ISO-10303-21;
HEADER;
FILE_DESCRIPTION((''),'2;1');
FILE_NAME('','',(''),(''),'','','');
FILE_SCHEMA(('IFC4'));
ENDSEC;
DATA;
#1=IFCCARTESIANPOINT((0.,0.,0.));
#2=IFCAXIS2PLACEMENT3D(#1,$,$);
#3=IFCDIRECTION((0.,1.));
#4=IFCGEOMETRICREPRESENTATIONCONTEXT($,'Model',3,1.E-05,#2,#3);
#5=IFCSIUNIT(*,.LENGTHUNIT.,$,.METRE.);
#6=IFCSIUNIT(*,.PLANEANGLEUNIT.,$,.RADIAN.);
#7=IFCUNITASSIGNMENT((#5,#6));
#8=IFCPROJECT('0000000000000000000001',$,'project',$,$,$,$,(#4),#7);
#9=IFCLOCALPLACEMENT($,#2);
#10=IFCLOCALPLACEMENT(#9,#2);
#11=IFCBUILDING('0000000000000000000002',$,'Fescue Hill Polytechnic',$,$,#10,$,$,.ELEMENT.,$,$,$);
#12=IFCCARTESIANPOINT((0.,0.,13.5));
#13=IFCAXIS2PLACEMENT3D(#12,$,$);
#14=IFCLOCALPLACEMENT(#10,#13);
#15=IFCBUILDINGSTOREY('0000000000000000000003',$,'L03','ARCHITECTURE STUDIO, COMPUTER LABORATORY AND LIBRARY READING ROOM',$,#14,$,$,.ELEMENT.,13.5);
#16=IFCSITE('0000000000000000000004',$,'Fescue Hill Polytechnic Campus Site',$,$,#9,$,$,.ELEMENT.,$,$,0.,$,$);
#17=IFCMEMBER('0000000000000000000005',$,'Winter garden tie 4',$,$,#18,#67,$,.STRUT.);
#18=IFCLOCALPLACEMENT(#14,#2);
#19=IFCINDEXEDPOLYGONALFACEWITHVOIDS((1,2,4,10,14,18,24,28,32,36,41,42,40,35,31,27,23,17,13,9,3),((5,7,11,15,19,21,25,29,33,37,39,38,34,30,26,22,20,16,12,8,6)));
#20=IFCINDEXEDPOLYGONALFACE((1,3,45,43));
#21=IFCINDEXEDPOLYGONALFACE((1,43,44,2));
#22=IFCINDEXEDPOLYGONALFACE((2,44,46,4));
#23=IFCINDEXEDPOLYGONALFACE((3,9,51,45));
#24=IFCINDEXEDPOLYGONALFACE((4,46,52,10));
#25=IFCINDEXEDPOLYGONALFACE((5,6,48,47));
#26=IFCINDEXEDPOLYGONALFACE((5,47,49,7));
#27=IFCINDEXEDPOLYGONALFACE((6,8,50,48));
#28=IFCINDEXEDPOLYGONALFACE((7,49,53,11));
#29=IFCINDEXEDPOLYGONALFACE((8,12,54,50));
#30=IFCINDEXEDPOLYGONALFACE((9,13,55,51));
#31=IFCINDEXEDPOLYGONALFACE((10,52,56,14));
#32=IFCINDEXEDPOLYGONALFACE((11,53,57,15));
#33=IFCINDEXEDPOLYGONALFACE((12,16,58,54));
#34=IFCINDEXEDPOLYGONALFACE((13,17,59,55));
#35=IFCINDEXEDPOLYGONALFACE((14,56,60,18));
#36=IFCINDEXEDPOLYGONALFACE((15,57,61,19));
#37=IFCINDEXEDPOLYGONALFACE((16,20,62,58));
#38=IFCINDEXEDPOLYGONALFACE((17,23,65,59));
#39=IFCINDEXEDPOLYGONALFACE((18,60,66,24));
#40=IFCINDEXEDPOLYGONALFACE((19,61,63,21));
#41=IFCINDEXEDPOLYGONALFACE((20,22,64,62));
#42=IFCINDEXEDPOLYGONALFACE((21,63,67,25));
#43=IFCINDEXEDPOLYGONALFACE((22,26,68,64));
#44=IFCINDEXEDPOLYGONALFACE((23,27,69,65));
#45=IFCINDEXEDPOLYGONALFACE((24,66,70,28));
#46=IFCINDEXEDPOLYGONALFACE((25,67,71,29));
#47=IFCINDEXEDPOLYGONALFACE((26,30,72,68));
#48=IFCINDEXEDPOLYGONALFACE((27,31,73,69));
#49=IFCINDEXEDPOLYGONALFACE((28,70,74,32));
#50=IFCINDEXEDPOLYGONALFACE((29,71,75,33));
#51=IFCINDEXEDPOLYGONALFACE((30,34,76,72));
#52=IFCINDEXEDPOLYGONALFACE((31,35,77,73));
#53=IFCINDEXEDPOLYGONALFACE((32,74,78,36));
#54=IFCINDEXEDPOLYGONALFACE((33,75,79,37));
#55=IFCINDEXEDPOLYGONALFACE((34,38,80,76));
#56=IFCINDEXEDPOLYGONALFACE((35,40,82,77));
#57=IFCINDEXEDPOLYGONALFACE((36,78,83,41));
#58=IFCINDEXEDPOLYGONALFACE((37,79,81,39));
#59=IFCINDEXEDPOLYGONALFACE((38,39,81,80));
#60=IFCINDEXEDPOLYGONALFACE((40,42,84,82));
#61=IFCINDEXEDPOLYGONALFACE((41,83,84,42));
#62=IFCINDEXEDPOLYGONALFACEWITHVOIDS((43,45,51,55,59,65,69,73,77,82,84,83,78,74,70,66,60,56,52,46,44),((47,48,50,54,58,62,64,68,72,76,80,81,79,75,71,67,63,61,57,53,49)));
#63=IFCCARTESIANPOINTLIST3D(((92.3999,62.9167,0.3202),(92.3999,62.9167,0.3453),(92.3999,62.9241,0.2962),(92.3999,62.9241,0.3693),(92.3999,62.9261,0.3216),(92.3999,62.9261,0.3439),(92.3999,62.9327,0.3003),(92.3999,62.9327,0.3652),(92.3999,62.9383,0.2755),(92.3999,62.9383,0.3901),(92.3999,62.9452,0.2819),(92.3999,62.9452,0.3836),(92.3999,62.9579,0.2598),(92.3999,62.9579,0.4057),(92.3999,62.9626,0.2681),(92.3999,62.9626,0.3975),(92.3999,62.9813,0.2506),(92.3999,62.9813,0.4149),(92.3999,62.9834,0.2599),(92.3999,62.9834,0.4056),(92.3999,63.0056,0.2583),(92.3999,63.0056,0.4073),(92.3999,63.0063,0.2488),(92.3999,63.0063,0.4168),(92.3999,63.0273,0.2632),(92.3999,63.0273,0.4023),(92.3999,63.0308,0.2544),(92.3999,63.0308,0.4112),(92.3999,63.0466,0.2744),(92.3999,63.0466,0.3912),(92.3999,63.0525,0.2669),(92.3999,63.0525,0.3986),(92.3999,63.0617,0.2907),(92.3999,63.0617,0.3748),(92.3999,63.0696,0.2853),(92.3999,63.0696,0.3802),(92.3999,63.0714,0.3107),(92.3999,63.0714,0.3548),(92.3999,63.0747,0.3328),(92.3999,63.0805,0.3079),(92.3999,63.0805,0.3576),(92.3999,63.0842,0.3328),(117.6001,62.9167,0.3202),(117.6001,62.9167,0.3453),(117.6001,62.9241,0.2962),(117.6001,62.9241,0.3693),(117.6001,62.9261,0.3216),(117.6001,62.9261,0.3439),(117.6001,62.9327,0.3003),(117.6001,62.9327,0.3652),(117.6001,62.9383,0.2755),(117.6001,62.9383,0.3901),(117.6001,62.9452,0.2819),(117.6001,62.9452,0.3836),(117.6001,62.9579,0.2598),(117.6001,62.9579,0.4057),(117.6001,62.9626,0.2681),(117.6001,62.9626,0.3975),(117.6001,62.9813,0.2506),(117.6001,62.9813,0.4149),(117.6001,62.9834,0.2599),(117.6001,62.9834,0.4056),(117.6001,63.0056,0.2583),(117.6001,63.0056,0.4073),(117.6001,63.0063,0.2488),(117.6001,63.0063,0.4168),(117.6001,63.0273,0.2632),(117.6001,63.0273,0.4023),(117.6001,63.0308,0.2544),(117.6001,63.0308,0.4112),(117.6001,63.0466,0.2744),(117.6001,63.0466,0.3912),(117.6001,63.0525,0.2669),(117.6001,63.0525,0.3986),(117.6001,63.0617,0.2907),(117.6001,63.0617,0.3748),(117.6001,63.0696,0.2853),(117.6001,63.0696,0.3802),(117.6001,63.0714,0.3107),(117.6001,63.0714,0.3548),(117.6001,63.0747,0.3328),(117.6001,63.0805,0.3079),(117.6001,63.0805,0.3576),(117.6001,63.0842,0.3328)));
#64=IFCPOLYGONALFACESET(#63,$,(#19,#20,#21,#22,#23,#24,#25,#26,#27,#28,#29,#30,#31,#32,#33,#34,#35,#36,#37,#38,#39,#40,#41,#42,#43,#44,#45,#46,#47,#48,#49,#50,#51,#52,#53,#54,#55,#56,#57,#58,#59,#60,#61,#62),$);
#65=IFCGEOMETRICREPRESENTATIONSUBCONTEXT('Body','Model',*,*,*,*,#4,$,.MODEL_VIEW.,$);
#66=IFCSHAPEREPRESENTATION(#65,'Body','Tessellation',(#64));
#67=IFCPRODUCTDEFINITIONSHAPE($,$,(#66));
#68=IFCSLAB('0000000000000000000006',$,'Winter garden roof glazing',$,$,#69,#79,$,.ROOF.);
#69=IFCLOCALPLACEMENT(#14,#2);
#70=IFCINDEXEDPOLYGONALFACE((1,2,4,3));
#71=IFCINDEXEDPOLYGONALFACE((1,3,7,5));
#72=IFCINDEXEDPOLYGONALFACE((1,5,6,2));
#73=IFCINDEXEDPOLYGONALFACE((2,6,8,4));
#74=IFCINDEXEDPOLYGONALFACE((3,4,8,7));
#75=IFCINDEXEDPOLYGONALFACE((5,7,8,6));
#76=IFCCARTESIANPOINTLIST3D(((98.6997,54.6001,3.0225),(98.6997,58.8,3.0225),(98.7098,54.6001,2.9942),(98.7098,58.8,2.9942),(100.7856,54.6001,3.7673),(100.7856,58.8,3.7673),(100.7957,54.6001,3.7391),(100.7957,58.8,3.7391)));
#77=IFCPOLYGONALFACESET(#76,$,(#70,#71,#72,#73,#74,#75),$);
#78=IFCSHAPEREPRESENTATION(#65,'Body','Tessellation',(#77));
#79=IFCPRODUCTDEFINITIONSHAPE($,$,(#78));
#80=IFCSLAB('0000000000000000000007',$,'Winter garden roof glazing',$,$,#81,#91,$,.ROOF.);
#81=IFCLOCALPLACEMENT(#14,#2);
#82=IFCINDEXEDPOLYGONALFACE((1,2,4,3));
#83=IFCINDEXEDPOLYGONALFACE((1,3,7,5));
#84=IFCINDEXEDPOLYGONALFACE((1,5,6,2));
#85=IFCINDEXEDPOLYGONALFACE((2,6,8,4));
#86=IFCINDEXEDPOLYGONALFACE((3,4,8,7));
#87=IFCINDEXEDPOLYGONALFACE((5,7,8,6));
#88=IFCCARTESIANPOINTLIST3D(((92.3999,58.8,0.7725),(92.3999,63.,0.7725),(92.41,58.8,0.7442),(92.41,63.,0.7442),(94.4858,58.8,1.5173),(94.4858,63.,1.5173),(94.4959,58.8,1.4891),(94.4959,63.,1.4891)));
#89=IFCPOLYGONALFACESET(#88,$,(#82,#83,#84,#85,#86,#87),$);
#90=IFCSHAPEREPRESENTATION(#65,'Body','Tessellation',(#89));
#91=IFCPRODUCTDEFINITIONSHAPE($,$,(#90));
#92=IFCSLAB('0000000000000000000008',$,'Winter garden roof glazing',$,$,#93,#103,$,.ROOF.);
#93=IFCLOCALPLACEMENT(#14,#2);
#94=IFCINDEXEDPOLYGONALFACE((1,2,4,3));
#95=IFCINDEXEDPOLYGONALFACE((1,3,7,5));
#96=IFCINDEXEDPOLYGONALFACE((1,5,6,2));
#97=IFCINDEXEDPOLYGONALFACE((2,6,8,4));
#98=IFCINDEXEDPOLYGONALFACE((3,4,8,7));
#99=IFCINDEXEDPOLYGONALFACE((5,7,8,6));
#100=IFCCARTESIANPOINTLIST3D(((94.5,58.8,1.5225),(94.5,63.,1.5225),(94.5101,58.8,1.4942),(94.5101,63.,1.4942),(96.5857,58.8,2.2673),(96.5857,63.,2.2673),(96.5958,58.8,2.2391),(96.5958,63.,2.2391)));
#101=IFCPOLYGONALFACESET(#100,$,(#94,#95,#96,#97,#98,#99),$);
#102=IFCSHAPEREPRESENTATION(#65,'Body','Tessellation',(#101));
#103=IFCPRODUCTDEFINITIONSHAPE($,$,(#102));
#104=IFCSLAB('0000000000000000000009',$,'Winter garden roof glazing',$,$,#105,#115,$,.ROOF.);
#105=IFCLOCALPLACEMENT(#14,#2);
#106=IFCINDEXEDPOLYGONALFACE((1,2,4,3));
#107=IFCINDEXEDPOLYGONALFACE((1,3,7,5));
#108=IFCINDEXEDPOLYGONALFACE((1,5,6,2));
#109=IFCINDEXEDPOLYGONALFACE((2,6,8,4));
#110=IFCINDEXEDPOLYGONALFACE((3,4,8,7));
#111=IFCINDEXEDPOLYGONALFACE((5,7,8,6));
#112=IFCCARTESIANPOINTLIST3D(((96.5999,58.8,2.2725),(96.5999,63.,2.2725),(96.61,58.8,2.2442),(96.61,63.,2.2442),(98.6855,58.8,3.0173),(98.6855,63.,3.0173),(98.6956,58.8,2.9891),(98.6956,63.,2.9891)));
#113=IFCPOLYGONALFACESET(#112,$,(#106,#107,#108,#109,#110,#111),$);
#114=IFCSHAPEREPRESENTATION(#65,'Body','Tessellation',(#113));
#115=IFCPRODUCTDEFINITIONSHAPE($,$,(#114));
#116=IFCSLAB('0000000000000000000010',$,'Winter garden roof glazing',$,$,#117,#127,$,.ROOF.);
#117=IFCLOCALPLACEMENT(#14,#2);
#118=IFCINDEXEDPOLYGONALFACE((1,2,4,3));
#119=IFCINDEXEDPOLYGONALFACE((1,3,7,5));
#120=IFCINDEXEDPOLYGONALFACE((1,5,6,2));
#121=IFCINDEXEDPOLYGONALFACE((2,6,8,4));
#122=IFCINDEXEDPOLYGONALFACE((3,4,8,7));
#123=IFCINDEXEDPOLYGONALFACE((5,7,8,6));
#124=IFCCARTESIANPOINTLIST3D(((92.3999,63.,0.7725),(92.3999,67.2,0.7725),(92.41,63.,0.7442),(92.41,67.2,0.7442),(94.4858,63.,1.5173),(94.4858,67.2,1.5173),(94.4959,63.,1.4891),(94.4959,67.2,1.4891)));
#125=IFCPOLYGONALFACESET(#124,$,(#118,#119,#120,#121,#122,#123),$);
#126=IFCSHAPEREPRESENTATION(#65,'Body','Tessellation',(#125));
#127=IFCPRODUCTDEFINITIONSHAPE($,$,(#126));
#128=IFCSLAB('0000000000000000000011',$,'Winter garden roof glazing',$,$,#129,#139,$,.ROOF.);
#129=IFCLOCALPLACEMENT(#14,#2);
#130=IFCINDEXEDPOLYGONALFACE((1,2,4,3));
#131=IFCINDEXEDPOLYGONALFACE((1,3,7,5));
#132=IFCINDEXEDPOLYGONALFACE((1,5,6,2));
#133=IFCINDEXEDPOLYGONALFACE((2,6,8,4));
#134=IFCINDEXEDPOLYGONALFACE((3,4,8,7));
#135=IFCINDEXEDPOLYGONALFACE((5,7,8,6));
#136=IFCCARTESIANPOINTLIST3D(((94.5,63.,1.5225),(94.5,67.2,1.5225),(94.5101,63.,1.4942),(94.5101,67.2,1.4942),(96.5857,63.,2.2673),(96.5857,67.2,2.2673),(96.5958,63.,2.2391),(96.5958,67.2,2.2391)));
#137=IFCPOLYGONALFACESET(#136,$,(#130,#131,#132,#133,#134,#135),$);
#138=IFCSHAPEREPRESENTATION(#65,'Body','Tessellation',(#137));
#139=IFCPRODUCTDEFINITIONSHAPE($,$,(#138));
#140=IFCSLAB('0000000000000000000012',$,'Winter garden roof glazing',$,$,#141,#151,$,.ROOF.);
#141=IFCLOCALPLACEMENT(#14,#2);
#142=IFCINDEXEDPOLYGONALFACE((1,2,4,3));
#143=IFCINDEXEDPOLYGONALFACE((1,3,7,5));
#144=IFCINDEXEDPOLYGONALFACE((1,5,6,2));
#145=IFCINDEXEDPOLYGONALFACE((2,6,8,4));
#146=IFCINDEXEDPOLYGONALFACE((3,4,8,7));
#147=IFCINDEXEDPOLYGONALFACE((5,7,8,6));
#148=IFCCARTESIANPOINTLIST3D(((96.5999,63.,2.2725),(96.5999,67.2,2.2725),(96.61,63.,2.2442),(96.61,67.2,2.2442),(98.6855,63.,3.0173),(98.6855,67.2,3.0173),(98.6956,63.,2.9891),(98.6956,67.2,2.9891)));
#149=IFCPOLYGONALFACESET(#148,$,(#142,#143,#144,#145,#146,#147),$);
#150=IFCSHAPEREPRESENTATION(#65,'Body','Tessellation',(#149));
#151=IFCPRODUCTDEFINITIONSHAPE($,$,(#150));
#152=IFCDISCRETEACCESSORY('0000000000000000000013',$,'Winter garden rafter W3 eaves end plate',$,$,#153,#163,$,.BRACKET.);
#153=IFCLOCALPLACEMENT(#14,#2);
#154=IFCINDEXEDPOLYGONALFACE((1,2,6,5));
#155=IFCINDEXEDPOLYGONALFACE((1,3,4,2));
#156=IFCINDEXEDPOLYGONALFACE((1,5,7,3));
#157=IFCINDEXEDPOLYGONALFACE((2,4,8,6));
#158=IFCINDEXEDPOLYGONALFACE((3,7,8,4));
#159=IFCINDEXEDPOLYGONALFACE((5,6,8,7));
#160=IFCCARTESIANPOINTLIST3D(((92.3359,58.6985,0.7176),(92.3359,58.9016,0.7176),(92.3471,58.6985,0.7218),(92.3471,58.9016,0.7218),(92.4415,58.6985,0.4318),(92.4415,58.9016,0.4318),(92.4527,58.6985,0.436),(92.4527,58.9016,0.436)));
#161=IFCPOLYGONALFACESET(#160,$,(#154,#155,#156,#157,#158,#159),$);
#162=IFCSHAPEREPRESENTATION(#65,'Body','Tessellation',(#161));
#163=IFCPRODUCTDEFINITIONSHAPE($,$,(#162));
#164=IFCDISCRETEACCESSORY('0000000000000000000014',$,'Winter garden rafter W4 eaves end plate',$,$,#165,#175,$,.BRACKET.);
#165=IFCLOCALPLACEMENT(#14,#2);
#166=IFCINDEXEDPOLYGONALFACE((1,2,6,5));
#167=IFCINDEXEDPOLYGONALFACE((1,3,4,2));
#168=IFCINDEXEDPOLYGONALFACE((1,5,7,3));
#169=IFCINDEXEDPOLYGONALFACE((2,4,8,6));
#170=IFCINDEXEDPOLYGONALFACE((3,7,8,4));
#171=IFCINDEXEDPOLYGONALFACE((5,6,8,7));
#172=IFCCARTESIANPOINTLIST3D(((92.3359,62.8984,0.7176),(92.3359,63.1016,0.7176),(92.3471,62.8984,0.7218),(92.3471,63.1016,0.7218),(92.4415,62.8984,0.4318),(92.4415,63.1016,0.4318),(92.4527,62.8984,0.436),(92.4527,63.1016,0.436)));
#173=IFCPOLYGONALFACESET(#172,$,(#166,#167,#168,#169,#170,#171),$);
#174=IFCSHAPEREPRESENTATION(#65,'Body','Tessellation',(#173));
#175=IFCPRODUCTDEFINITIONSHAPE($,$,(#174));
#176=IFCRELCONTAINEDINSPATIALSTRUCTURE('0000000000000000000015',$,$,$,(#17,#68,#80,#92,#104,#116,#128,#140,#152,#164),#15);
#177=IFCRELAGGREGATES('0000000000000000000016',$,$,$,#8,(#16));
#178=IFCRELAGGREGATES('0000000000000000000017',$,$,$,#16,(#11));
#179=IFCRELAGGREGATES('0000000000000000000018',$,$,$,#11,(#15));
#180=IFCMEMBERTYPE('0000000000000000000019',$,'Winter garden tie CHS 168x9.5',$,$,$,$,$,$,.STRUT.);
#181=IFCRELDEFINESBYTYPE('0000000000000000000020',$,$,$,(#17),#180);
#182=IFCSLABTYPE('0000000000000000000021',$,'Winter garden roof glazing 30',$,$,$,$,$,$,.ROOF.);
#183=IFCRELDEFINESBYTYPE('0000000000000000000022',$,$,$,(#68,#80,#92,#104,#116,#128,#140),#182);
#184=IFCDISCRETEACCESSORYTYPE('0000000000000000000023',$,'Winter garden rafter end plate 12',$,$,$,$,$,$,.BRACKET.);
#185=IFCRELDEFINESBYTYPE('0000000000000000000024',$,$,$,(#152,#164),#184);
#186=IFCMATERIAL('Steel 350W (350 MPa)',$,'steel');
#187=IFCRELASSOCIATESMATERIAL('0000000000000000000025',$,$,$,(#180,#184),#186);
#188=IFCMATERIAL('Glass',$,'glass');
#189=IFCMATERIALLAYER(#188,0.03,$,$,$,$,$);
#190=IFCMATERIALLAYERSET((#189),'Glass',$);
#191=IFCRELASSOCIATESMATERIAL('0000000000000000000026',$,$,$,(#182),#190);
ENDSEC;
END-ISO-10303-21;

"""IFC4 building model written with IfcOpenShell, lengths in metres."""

from ifc_helpers import new_model, si_unit, direction, frame, origin, origin_2d, place, context, subcontext, project, spatial, polyline, rectangle, hollow_circle, outline, extrude, material, layer, layer_set, material_profile, profile_set, type_object, element, save


model = new_model("IFC4")

# Units and contexts
model_context = context("Model", 3, precision=1e-05, world=origin(), true_north=direction((0.0, 1.0)))
body_context = subcontext(model_context, "Body", "Model", "MODEL_VIEW")
ifc_project = project(units=[si_unit("LENGTHUNIT", "METRE"), si_unit("PLANEANGLEUNIT", "RADIAN")], contexts=[model_context])

# Site, building, storey
site_placement = place(None, origin())
site = spatial("IfcSite", under=ifc_project, at=site_placement, Name="Fescue Hill Polytechnic Campus Site", CompositionType="ELEMENT", RefElevation=0.0)
building_placement = place(site_placement, origin())
building = spatial("IfcBuilding", under=site, at=building_placement, Name="Fescue Hill Polytechnic", CompositionType="ELEMENT")
storey_placement = place(building_placement, frame((0.0, 0.0, 13.5)))
storey = spatial("IfcBuildingStorey", under=building, at=storey_placement, Name="L03", Description="ARCHITECTURE STUDIO, COMPUTER LABORATORY AND LIBRARY READING ROOM", CompositionType="ELEMENT", Elevation=13.5)

# Shared definitions
ifc_material_1 = material(Name="Steel 350W (350 MPa)", Category="steel")

# Member
ifc_material_profile_1 = material_profile(ifc_material_1, hollow_circle(Radius=0.0842, WallThickness=0.0095, at=origin_2d()), Name="Winter garden tie CHS 168x9.5")
ifc_profile_set_1 = profile_set([ifc_material_profile_1], Name="Steel 350W (350 MPa)")
member_type_1 = type_object("IfcMemberType", Name="Winter garden tie CHS 168x9.5", PredefinedType="STRUT", material=ifc_profile_set_1)
for number, where, z_axis, x_axis, name in (
    (1, (92.3999, 63.0, 0.3328), (1.0, 0.0, 0.0), (0.0, 1.0, 0.0), "Winter garden tie 4"),
):
    element("IfcMember", number, at=place(storey_placement, frame(where, z_axis=z_axis, x_axis=x_axis)), inside=storey, type_object=member_type_1, Name=name, PredefinedType="STRUT", context=body_context, shape_type="SweptSolid", body=[
        extrude(hollow_circle(Radius=0.0842, WallThickness=0.0095, at=origin_2d()), origin(), (0.0, 0.0, 1.0), 25.2002),
    ])

# Slabs
ifc_material_2 = material(Name="Glass", Category="glass")
ifc_layer = layer(ifc_material_2, 0.03)
ifc_layer_set = layer_set([ifc_layer], Name="Glass")
slab_type = type_object("IfcSlabType", Name="Winter garden roof glazing 30", PredefinedType="ROOF", material=ifc_layer_set)
for number, where, z_axis, x_axis, name in (
    (2, (98.6997, 54.6001, 3.0225), (-0.336295, 0.0, 0.941757), (0.0, 1.0, 0.0), "Winter garden roof glazing"),
    (3, (92.3999, 58.8, 0.7725), (-0.336295, 0.0, 0.941757), (0.0, 1.0, 0.0), "Winter garden roof glazing"),
):
    element("IfcSlab", number, at=place(storey_placement, frame(where, z_axis=z_axis, x_axis=x_axis)), inside=storey, type_object=slab_type, Name=name, PredefinedType="ROOF", context=body_context, shape_type="SweptSolid", body=[
        extrude(outline(polyline([(0.0, 0.0), (4.2, 0.0), (4.2, -2.2149), (0.0, -2.2149), (0.0, 0.0)])), origin(), (0.0, 0.0, -1.0), 0.03),
    ])
for number, where, z_axis, x_axis, name in (
    (4, (94.5, 58.8, 1.5225), (-0.336329, 0.0, 0.941744), (0.0, 1.0, 0.0), "Winter garden roof glazing"),
    (5, (96.5999, 58.8, 2.2725), (-0.336329, 0.0, 0.941744), (0.0, 1.0, 0.0), "Winter garden roof glazing"),
):
    element("IfcSlab", number, at=place(storey_placement, frame(where, z_axis=z_axis, x_axis=x_axis)), inside=storey, type_object=slab_type, Name=name, PredefinedType="ROOF", context=body_context, shape_type="SweptSolid", body=[
        extrude(outline(polyline([(0.0, 0.0), (4.2, 0.0), (4.2, -2.2147), (0.0, -2.2147), (0.0, 0.0)])), origin(), (0.0, 0.0, -1.0), 0.03),
    ])
slab_placement = place(storey_placement, frame((92.3999, 63.0, 0.7725), z_axis=(-0.336295, 0.0, 0.941757), x_axis=(0.0, 1.0, 0.0)))
element("IfcSlab", 6, at=slab_placement, inside=storey, type_object=slab_type, Name="Winter garden roof glazing", PredefinedType="ROOF", context=body_context, shape_type="SweptSolid", body=[
    extrude(outline(polyline([(0.0, 0.0), (4.2, 0.0), (4.2, -2.2149), (0.0, -2.2149), (0.0, 0.0)])), origin(), (0.0, 0.0, -1.0), 0.03),
])
for number, where, z_axis, x_axis, name in (
    (7, (94.5, 63.0, 1.5225), (-0.336329, 0.0, 0.941744), (0.0, 1.0, 0.0), "Winter garden roof glazing"),
    (8, (96.5999, 63.0, 2.2725), (-0.336329, 0.0, 0.941744), (0.0, 1.0, 0.0), "Winter garden roof glazing"),
):
    element("IfcSlab", number, at=place(storey_placement, frame(where, z_axis=z_axis, x_axis=x_axis)), inside=storey, type_object=slab_type, Name=name, PredefinedType="ROOF", context=body_context, shape_type="SweptSolid", body=[
        extrude(outline(polyline([(0.0, 0.0), (4.2, 0.0), (4.2, -2.2147), (0.0, -2.2147), (0.0, 0.0)])), origin(), (0.0, 0.0, -1.0), 0.03),
    ])

# Discrete accessories
ifc_material_profile_2 = material_profile(ifc_material_1, rectangle(XDim=0.2031, YDim=0.3047, at=origin_2d()), Name="Winter garden rafter end plate 12")
ifc_profile_set_2 = profile_set([ifc_material_profile_2], Name="Steel 350W (350 MPa)")
discrete_accessory_type = type_object("IfcDiscreteAccessoryType", Name="Winter garden rafter end plate 12", PredefinedType="BRACKET", material=ifc_profile_set_2)
for number, where, z_axis, x_axis, name in (
    (9, (92.3887, 58.8, 0.5747), (0.937994, 0.0, 0.34665), (0.0, 1.0, 0.0), "Winter garden rafter W3 eaves end plate"),
    (10, (92.3887, 63.0, 0.5747), (0.937994, 0.0, 0.34665), (0.0, 1.0, 0.0), "Winter garden rafter W4 eaves end plate"),
):
    element("IfcDiscreteAccessory", number, at=place(storey_placement, frame(where, z_axis=z_axis, x_axis=x_axis)), inside=storey, type_object=discrete_accessory_type, Name=name, PredefinedType="BRACKET", context=body_context, shape_type="SweptSolid", body=[
        extrude(rectangle(XDim=0.2031, YDim=0.3047, at=origin_2d()), origin(), (0.0, 0.0, 1.0), 0.012),
    ])

save(model, "model.ifc")
